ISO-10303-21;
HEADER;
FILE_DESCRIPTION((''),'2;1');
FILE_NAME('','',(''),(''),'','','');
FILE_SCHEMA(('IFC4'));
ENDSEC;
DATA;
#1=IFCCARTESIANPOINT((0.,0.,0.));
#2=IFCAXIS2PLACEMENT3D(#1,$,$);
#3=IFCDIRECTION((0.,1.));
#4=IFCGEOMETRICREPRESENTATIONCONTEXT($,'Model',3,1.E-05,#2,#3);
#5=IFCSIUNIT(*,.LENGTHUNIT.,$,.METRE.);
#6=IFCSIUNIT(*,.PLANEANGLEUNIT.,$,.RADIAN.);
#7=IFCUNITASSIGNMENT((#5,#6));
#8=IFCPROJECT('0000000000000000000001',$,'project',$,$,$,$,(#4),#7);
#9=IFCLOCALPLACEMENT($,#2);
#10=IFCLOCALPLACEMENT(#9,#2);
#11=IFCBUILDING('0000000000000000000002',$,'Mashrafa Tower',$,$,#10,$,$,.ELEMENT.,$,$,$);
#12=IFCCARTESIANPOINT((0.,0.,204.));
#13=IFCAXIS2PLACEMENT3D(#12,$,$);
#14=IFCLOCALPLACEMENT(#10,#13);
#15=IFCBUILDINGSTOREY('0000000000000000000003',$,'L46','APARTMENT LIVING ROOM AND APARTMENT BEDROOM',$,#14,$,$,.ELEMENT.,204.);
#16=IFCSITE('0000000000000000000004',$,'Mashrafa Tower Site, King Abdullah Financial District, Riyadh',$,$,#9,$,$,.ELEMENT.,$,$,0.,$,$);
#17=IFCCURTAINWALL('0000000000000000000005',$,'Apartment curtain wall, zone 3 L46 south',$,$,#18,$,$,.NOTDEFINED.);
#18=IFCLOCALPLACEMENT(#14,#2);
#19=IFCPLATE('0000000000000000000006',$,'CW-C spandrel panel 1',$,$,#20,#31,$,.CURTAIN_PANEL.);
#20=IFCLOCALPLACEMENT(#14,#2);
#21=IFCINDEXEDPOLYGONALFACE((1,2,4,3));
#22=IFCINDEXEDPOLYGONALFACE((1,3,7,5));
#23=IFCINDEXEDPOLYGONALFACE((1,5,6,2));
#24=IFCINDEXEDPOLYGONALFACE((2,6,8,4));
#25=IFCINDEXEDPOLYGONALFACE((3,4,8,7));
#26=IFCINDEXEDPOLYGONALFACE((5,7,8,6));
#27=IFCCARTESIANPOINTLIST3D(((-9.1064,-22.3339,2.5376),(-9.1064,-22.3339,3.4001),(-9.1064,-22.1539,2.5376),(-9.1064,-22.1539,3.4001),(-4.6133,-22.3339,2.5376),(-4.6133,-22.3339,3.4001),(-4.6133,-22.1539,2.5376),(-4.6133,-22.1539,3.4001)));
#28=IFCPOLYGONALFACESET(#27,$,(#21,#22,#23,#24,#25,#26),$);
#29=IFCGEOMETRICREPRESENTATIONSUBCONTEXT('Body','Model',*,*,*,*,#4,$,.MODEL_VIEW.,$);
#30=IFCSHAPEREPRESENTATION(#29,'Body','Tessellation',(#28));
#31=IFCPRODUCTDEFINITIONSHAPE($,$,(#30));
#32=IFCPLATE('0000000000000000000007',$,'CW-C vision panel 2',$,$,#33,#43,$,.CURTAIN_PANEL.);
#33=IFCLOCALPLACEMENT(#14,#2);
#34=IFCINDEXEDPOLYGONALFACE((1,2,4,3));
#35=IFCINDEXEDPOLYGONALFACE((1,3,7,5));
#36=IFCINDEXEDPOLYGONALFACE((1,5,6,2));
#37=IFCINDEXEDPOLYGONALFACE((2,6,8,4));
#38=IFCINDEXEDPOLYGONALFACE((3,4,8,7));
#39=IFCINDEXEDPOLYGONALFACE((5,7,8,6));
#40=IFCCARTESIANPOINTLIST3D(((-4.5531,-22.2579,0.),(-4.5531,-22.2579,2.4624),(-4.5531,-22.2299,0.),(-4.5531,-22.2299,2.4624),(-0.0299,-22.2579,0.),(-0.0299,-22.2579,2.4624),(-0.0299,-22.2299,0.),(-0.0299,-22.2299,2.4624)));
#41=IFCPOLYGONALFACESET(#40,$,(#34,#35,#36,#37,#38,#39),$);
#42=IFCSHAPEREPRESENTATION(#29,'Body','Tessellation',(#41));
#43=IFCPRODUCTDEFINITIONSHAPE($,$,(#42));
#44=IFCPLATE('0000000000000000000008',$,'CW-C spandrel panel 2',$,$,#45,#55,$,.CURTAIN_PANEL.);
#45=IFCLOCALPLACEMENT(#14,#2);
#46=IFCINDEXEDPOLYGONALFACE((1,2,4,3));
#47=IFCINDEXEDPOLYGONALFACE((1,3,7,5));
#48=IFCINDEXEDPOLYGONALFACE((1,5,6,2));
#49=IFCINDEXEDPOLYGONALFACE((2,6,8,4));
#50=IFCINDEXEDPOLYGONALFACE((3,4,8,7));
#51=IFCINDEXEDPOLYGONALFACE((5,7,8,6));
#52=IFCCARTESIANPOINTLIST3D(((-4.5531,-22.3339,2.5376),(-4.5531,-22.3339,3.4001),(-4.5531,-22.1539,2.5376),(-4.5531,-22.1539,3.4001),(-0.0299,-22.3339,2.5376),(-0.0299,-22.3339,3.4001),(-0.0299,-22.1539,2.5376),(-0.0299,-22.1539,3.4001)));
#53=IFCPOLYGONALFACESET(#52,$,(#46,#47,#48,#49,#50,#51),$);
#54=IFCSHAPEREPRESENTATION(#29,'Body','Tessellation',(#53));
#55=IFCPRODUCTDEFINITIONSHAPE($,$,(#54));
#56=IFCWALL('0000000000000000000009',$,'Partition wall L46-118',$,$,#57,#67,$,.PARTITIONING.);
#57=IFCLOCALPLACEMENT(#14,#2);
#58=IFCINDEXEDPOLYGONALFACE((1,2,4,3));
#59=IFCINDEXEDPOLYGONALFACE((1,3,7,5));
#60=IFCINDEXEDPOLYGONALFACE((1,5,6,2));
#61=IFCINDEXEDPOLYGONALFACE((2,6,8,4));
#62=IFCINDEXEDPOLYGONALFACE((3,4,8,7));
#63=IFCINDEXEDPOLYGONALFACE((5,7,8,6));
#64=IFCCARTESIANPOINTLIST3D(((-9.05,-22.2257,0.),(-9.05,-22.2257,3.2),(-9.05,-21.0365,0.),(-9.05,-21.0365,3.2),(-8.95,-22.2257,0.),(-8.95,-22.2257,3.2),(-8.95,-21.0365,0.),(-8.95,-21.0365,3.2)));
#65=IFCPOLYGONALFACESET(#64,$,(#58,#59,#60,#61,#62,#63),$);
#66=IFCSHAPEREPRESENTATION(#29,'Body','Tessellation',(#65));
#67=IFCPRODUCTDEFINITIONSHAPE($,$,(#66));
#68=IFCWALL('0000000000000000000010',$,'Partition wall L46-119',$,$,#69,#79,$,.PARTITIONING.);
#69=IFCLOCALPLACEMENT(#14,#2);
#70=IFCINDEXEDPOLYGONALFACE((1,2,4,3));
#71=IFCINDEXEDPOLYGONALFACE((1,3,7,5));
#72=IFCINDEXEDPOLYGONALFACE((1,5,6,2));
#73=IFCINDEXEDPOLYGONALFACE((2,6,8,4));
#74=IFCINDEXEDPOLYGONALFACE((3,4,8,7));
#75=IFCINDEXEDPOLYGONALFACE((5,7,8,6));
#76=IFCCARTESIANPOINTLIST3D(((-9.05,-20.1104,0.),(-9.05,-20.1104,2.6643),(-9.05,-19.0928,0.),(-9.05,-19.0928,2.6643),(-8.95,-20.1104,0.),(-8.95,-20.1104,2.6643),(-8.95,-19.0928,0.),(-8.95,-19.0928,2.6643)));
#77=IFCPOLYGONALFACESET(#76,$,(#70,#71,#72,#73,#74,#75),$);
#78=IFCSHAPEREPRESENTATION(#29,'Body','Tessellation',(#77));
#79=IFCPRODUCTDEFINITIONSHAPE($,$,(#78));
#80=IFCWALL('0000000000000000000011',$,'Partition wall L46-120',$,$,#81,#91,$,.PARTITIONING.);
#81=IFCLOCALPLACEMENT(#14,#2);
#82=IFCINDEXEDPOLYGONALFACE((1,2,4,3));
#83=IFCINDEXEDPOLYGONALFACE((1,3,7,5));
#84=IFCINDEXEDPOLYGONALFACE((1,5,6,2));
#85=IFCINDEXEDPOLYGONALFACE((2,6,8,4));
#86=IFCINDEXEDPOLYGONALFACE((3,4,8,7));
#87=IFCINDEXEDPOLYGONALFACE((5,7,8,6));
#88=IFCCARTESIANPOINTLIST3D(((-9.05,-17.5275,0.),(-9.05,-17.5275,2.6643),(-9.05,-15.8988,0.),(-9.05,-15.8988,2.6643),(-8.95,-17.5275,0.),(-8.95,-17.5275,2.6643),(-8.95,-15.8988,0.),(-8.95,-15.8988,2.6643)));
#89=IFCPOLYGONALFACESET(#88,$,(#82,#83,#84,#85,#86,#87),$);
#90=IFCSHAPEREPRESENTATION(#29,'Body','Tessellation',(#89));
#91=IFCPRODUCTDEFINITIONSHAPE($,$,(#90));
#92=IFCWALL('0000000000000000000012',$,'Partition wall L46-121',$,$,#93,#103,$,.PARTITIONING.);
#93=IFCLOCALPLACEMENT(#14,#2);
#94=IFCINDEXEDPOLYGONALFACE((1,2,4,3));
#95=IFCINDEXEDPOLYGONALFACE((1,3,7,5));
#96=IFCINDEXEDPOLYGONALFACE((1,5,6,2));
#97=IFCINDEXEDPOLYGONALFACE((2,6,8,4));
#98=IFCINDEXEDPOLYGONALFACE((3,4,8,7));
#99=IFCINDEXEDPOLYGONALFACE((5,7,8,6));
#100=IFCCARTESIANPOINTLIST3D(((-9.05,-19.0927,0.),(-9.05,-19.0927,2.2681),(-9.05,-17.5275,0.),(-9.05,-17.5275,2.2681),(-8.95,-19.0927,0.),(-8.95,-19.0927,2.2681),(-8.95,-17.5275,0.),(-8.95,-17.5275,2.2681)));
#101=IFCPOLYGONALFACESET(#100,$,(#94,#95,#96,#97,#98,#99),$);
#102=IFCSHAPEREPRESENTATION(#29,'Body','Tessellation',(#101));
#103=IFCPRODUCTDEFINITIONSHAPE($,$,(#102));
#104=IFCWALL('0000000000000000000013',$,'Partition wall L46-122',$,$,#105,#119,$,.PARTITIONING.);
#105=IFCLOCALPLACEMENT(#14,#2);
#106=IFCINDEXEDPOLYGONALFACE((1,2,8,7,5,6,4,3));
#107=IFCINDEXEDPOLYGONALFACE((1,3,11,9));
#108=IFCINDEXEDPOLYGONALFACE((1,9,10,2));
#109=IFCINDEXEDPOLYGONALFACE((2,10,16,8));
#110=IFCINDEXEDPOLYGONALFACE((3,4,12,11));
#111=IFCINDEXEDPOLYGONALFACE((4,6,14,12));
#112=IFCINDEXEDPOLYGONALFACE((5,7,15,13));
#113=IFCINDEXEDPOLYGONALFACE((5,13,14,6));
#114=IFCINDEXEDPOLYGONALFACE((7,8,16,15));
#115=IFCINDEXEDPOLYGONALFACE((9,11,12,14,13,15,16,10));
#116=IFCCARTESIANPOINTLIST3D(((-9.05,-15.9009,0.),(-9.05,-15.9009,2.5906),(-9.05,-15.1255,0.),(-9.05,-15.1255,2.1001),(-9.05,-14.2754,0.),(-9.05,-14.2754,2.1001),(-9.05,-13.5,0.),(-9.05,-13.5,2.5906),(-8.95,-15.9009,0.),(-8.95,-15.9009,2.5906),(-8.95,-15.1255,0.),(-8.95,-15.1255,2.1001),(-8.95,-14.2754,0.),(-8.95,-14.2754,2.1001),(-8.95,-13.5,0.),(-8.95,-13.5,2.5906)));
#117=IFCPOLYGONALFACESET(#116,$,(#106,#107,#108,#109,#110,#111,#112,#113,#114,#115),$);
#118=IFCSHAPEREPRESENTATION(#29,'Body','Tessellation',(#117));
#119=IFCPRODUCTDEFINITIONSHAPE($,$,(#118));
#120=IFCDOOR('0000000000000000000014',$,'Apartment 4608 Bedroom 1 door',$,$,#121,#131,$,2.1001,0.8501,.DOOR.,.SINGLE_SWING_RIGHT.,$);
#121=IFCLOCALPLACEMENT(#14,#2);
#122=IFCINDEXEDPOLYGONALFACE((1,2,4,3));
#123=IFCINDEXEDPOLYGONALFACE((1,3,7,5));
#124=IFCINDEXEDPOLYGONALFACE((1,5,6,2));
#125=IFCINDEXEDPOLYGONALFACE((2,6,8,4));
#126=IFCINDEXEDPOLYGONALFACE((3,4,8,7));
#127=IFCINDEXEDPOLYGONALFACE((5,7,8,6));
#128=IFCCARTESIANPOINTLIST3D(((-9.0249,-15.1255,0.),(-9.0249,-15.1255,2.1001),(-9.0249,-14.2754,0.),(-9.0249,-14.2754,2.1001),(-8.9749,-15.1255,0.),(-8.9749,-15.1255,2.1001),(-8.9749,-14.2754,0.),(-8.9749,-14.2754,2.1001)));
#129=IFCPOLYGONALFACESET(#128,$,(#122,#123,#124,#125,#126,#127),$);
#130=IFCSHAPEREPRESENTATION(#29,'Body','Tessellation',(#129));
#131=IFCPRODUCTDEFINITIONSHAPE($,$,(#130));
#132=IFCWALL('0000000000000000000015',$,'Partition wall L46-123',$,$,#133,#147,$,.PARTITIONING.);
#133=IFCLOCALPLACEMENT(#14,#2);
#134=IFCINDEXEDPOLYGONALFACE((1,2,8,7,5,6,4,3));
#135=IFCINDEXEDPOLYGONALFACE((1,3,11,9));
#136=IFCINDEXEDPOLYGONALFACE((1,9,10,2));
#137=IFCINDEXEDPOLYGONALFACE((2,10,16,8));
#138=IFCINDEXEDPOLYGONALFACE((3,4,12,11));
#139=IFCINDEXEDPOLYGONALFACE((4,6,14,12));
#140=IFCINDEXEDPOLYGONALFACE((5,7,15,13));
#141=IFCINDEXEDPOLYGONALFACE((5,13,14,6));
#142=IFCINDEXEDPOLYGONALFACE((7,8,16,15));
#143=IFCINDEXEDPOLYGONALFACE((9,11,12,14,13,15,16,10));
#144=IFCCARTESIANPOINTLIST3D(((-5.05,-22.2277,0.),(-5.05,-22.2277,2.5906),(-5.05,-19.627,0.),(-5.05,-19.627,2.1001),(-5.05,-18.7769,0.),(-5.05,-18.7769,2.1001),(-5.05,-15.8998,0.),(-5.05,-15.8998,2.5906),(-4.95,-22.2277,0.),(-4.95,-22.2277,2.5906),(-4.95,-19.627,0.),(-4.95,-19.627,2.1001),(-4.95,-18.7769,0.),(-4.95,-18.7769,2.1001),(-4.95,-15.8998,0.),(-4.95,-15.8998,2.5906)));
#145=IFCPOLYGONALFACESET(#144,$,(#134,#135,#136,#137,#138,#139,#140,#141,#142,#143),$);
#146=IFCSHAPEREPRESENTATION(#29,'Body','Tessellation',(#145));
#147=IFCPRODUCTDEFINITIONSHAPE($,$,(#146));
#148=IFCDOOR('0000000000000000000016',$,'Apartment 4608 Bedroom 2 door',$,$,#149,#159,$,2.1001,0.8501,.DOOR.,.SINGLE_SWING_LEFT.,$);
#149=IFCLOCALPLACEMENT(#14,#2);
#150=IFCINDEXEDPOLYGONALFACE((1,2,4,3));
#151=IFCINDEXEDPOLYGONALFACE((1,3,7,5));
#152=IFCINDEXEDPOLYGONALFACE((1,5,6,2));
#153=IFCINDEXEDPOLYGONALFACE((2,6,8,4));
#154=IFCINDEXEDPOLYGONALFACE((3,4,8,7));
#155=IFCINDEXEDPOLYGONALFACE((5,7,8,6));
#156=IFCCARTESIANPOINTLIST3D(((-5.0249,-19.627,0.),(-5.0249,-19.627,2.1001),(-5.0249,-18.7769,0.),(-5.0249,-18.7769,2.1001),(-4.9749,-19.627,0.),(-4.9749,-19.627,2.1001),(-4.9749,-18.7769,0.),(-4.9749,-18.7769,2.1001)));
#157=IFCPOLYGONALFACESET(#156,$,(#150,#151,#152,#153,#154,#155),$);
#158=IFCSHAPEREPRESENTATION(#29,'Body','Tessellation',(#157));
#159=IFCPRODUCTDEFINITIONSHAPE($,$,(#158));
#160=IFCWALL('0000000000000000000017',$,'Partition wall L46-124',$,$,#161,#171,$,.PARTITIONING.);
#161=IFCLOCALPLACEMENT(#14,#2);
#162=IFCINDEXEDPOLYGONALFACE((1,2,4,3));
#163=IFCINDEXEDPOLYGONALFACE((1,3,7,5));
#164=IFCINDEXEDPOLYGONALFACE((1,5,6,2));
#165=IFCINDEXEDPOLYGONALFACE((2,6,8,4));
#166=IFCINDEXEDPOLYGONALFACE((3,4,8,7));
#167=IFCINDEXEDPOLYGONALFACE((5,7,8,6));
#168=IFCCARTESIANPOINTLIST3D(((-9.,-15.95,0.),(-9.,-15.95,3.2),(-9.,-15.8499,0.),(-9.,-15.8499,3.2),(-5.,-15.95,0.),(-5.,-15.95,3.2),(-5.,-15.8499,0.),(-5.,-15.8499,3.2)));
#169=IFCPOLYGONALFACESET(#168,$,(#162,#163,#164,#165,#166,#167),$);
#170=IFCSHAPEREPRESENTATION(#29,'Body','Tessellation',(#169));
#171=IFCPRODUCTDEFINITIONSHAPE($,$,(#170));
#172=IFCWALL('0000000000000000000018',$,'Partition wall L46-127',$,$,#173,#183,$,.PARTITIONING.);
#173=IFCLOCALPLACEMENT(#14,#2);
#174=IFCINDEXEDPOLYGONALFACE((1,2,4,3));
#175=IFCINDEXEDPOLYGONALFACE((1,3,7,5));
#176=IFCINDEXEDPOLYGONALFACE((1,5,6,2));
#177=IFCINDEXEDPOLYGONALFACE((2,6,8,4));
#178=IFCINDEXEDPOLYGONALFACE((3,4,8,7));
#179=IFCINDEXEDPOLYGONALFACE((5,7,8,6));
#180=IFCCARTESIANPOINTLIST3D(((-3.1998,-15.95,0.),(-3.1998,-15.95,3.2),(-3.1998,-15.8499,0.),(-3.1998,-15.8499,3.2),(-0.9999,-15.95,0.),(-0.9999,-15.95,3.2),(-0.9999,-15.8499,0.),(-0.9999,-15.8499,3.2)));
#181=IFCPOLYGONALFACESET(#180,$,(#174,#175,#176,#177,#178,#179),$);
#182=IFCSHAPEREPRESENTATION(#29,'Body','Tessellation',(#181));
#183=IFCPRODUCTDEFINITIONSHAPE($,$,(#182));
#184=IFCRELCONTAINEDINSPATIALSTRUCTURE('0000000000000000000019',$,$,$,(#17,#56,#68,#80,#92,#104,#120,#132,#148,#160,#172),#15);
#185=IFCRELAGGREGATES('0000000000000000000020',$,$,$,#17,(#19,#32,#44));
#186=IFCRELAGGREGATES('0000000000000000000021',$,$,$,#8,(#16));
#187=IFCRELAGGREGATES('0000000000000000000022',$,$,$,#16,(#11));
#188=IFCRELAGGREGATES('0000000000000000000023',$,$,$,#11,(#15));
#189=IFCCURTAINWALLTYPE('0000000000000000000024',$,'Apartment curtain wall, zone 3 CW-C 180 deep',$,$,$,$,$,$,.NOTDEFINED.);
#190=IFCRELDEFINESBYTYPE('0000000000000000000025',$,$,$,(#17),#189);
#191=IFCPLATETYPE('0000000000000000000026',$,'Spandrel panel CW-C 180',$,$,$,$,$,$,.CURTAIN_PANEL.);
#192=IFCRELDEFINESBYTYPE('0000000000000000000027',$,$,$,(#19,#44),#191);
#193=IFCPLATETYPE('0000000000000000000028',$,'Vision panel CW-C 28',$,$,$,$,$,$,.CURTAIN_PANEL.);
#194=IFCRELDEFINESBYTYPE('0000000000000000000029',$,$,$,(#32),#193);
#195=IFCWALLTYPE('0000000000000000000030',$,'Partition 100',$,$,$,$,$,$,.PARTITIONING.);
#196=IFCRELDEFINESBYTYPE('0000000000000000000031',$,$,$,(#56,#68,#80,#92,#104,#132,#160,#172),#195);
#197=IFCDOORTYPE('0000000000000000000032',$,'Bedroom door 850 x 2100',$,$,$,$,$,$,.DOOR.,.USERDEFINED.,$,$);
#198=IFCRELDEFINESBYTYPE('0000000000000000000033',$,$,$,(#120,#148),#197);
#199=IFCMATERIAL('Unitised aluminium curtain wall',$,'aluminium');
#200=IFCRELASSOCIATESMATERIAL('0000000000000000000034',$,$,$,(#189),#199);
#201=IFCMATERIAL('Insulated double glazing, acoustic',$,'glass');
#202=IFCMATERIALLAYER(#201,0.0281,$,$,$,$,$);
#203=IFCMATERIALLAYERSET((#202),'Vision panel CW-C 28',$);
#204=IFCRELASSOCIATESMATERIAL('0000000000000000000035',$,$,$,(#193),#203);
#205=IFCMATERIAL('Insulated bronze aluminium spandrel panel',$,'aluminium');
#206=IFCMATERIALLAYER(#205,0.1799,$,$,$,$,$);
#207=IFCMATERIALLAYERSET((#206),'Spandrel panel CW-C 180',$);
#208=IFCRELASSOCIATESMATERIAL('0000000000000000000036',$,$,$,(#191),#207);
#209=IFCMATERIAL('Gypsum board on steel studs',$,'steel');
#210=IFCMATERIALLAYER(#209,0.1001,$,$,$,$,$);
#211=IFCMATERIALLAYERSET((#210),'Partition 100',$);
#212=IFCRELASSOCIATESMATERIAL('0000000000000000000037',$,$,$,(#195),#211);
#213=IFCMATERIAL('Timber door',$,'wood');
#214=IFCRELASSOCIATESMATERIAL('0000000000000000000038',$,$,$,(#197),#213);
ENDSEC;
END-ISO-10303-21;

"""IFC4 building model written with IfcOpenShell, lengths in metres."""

from ifc_helpers import new_model, si_unit, direction, frame, frame_2d, origin, origin_2d, place, context, subcontext, project, spatial, rectangle, extrude, source, transform, mapped, material, layer, layer_set, type_object, type_shapes, element, fill, aggregate, save


model = new_model("IFC4")

# Units and contexts
model_context = context("Model", 3, precision=1e-05, world=origin(), true_north=direction((0.0, 1.0)))
body_context = subcontext(model_context, "Body", "Model", "MODEL_VIEW")
ifc_project = project(units=[si_unit("LENGTHUNIT", "METRE"), si_unit("PLANEANGLEUNIT", "RADIAN")], contexts=[model_context])

# Site, building, storey
site_placement = place(None, origin())
site = spatial("IfcSite", under=ifc_project, at=site_placement, Name="Mashrafa Tower Site, King Abdullah Financial District, Riyadh", CompositionType="ELEMENT", RefElevation=0.0)
building_placement = place(site_placement, origin())
building = spatial("IfcBuilding", under=site, at=building_placement, Name="Mashrafa Tower", CompositionType="ELEMENT")
storey_placement = place(building_placement, frame((0.0, 0.0, 204.0)))
storey = spatial("IfcBuildingStorey", under=building, at=storey_placement, Name="L46", Description="APARTMENT LIVING ROOM AND APARTMENT BEDROOM", CompositionType="ELEMENT", Elevation=204.0)

# Curtain wall
ifc_material_1 = material(Name="Unitised aluminium curtain wall", Category="aluminium")
curtain_wall_type = type_object("IfcCurtainWallType", Name="Apartment curtain wall, zone 3 CW-C 180 deep", PredefinedType="NOTDEFINED", material=ifc_material_1)
curtain_wall_1_placement = place(storey_placement, origin())
curtain_wall_1 = element("IfcCurtainWall", 1, at=curtain_wall_1_placement, inside=storey, type_object=curtain_wall_type, Name="Apartment curtain wall, zone 3 L46 south", PredefinedType="NOTDEFINED")

# Plates
ifc_material_2 = material(Name="Insulated double glazing, acoustic", Category="glass")
ifc_layer_1 = layer(ifc_material_2, 0.0281)
ifc_layer_set_1 = layer_set([ifc_layer_1], Name="Vision panel CW-C 28")
plate_type_1 = type_object("IfcPlateType", Name="Vision panel CW-C 28", PredefinedType="CURTAIN_PANEL", material=ifc_layer_set_1)
ifc_material_3 = material(Name="Insulated bronze aluminium spandrel panel", Category="aluminium")
ifc_layer_2 = layer(ifc_material_3, 0.1799)
ifc_layer_set_2 = layer_set([ifc_layer_2], Name="Spandrel panel CW-C 180")
plate_type_2 = type_object("IfcPlateType", Name="Spandrel panel CW-C 180", PredefinedType="CURTAIN_PANEL", material=ifc_layer_set_2)
shared_shape_1 = source(origin(), body_context, "Body", "SweptSolid", [
    extrude(rectangle(XDim=4.4932, YDim=0.1799, at=origin_2d()), origin(), (0.0, 0.0, 1.0), 0.8625),
])
plate_1_placement = place(storey_placement, frame((-6.8599, -22.2439, 2.5376), z_axis=(0.0, 0.0, 1.0), x_axis=(1.0, 0.0, 0.0)))
plate_1 = element("IfcPlate", 2, at=plate_1_placement, type_object=plate_type_2, Name="CW-C spandrel panel 1", PredefinedType="CURTAIN_PANEL", context=body_context, shape_type="MappedRepresentation", body=[
    mapped(shared_shape_1, transform((0.0, 0.0, 0.0))),
])
shared_shape_2 = source(origin(), body_context, "Body", "SweptSolid", [
    extrude(rectangle(XDim=4.5232, YDim=0.0281, at=origin_2d()), origin(), (0.0, 0.0, 1.0), 2.4624),
])
plate_2_placement = place(storey_placement, frame((-2.2915, -22.2439, 0.0), z_axis=(0.0, 0.0, 1.0), x_axis=(1.0, 0.0, 0.0)))
plate_2 = element("IfcPlate", 3, at=plate_2_placement, type_object=plate_type_1, Name="CW-C vision panel 2", PredefinedType="CURTAIN_PANEL", context=body_context, shape_type="MappedRepresentation", body=[
    mapped(shared_shape_2, transform((0.0, 0.0, 0.0))),
])
shared_shape_3 = source(origin(), body_context, "Body", "SweptSolid", [
    extrude(rectangle(XDim=4.5232, YDim=0.1799, at=origin_2d()), origin(), (0.0, 0.0, 1.0), 0.8625),
])
type_shapes(plate_type_2, [shared_shape_1, shared_shape_3])
plate_3_placement = place(storey_placement, frame((-2.2915, -22.2439, 2.5376), z_axis=(0.0, 0.0, 1.0), x_axis=(1.0, 0.0, 0.0)))
plate_3 = element("IfcPlate", 4, at=plate_3_placement, type_object=plate_type_2, Name="CW-C spandrel panel 2", PredefinedType="CURTAIN_PANEL", context=body_context, shape_type="MappedRepresentation", body=[
    mapped(shared_shape_3, transform((0.0, 0.0, 0.0))),
])
aggregate(curtain_wall_1, [plate_1, plate_2, plate_3])

# Walls
ifc_material_4 = material(Name="Gypsum board on steel studs", Category="steel")
ifc_layer_3 = layer(ifc_material_4, 0.1001)
ifc_layer_set_3 = layer_set([ifc_layer_3], Name="Partition 100")
wall_type = type_object("IfcWallType", Name="Partition 100", PredefinedType="PARTITIONING", material=ifc_layer_set_3)
wall_1_placement = place(storey_placement, frame((-9.0, -22.2258, 0.0), z_axis=(0.0, 0.0, 1.0), x_axis=(0.0, 1.0, 0.0)))
element("IfcWall", 5, at=wall_1_placement, inside=storey, type_object=wall_type, Name="Partition wall L46-118", PredefinedType="PARTITIONING", context=body_context, shape_type="SweptSolid", body=[
    extrude(rectangle(XDim=1.1892, YDim=0.1001, at=frame_2d((0.5947, 0.0))), origin(), (0.0, 0.0, 1.0), 3.2),
])
wall_2_placement = place(storey_placement, frame((-9.0, -20.1104, 0.0), z_axis=(0.0, 0.0, 1.0), x_axis=(0.0, 1.0, 0.0)))
element("IfcWall", 6, at=wall_2_placement, inside=storey, type_object=wall_type, Name="Partition wall L46-119", PredefinedType="PARTITIONING", context=body_context, shape_type="SweptSolid", body=[
    extrude(rectangle(XDim=1.0176, YDim=0.1001, at=frame_2d((0.5088, 0.0))), origin(), (0.0, 0.0, 1.0), 2.6643),
])
wall_3_placement = place(storey_placement, frame((-9.0, -17.5276, 0.0), z_axis=(0.0, 0.0, 1.0), x_axis=(0.0, 1.0, 0.0)))
element("IfcWall", 7, at=wall_3_placement, inside=storey, type_object=wall_type, Name="Partition wall L46-120", PredefinedType="PARTITIONING", context=body_context, shape_type="SweptSolid", body=[
    extrude(rectangle(XDim=1.6287, YDim=0.1001, at=frame_2d((0.8145, 0.0))), origin(), (0.0, 0.0, 1.0), 2.6643),
])
wall_4_placement = place(storey_placement, frame((-9.0, -19.0928, 0.0), z_axis=(0.0, 0.0, 1.0), x_axis=(0.0, 1.0, 0.0)))
element("IfcWall", 8, at=wall_4_placement, inside=storey, type_object=wall_type, Name="Partition wall L46-121", PredefinedType="PARTITIONING", context=body_context, shape_type="SweptSolid", body=[
    extrude(rectangle(XDim=1.5652, YDim=0.1001, at=frame_2d((0.7827, 0.0))), origin(), (0.0, 0.0, 1.0), 2.2681),
])

# Walls, openings, doors
wall_5_placement = place(storey_placement, frame((-9.0, -15.9009, 0.0), z_axis=(0.0, 0.0, 1.0), x_axis=(0.0, 1.0, 0.0)))
wall_5 = element("IfcWall", 9, at=wall_5_placement, inside=storey, type_object=wall_type, Name="Partition wall L46-122", PredefinedType="PARTITIONING", context=body_context, shape_type="SweptSolid", body=[
    extrude(rectangle(XDim=2.4009, YDim=0.1001, at=frame_2d((1.2004, 0.0))), origin(), (0.0, 0.0, 1.0), 2.5906),
])
opening_1_placement = place(wall_5_placement, frame((0.7754, 0.0, 0.0)))
opening_1 = element("IfcOpeningElement", 10, at=opening_1_placement, cuts=wall_5, PredefinedType="OPENING", context=body_context, shape_type="SweptSolid", body=[
    extrude(rectangle(XDim=0.8501, YDim=2.1001, at=frame_2d((0.425, 1.05))), frame((0.0, 0.0601, 0.0), z_axis=(0.0, -1.0, 0.0), x_axis=(1.0, 0.0, 0.0)), (0.0, 0.0, 1.0), 0.1201),
])
ifc_material_5 = material(Name="Timber door", Category="wood")
door_type = type_object("IfcDoorType", Name="Bedroom door 850 x 2100", OperationType="USERDEFINED", PredefinedType="DOOR", material=ifc_material_5)
door_1_placement = place(opening_1_placement, origin())
door_1 = element("IfcDoor", 11, at=door_1_placement, inside=storey, type_object=door_type, Name="Apartment 4608 Bedroom 1 door", OperationType="SINGLE_SWING_RIGHT", OverallHeight=2.1001, OverallWidth=0.8501, PredefinedType="DOOR", context=body_context, shape_type="SweptSolid", body=[
    extrude(rectangle(XDim=0.8501, YDim=2.1001, at=frame_2d((0.425, 1.05))), frame((0.0, 0.0249, 0.0), z_axis=(0.0, -1.0, 0.0), x_axis=(1.0, 0.0, 0.0)), (0.0, 0.0, 1.0), 0.05),
])
fill(opening_1, door_1)
wall_6_placement = place(storey_placement, frame((-5.0, -22.2278, 0.0), z_axis=(0.0, 0.0, 1.0), x_axis=(0.0, 1.0, 0.0)))
wall_6 = element("IfcWall", 12, at=wall_6_placement, inside=storey, type_object=wall_type, Name="Partition wall L46-123", PredefinedType="PARTITIONING", context=body_context, shape_type="SweptSolid", body=[
    extrude(rectangle(XDim=6.3279, YDim=0.1001, at=frame_2d((3.1641, 0.0))), origin(), (0.0, 0.0, 1.0), 2.5906),
])
opening_2_placement = place(wall_6_placement, frame((2.6008, 0.0, 0.0)))
opening_2 = element("IfcOpeningElement", 13, at=opening_2_placement, cuts=wall_6, PredefinedType="OPENING", context=body_context, shape_type="SweptSolid", body=[
    extrude(rectangle(XDim=0.8501, YDim=2.1001, at=frame_2d((0.425, 1.05))), frame((0.0, 0.0601, 0.0), z_axis=(0.0, -1.0, 0.0), x_axis=(1.0, 0.0, 0.0)), (0.0, 0.0, 1.0), 0.1201),
])
door_2_placement = place(opening_2_placement, origin())
door_2 = element("IfcDoor", 14, at=door_2_placement, inside=storey, type_object=door_type, Name="Apartment 4608 Bedroom 2 door", OperationType="SINGLE_SWING_LEFT", OverallHeight=2.1001, OverallWidth=0.8501, PredefinedType="DOOR", context=body_context, shape_type="SweptSolid", body=[
    extrude(rectangle(XDim=0.8501, YDim=2.1001, at=frame_2d((0.425, 1.05))), frame((0.0, 0.0249, 0.0), z_axis=(0.0, -1.0, 0.0), x_axis=(1.0, 0.0, 0.0)), (0.0, 0.0, 1.0), 0.05),
])
fill(opening_2, door_2)

# Walls
wall_7_placement = place(storey_placement, frame((-5.0, -15.8999, 0.0), z_axis=(0.0, 0.0, 1.0), x_axis=(-1.0, 0.0, 0.0)))
element("IfcWall", 15, at=wall_7_placement, inside=storey, type_object=wall_type, Name="Partition wall L46-124", PredefinedType="PARTITIONING", context=body_context, shape_type="SweptSolid", body=[
    extrude(rectangle(XDim=4.0, YDim=0.1001, at=frame_2d((2.0, 0.0))), origin(), (0.0, 0.0, 1.0), 3.2),
])
wall_8_placement = place(storey_placement, frame((-3.2, -15.8999, 0.0), z_axis=(0.0, 0.0, 1.0), x_axis=(1.0, 0.0, 0.0)))
element("IfcWall", 16, at=wall_8_placement, inside=storey, type_object=wall_type, Name="Partition wall L46-127", PredefinedType="PARTITIONING", context=body_context, shape_type="SweptSolid", body=[
    extrude(rectangle(XDim=2.2, YDim=0.1001, at=frame_2d((1.1001, 0.0))), origin(), (0.0, 0.0, 1.0), 3.2),
])

save(model, "model.ifc")
